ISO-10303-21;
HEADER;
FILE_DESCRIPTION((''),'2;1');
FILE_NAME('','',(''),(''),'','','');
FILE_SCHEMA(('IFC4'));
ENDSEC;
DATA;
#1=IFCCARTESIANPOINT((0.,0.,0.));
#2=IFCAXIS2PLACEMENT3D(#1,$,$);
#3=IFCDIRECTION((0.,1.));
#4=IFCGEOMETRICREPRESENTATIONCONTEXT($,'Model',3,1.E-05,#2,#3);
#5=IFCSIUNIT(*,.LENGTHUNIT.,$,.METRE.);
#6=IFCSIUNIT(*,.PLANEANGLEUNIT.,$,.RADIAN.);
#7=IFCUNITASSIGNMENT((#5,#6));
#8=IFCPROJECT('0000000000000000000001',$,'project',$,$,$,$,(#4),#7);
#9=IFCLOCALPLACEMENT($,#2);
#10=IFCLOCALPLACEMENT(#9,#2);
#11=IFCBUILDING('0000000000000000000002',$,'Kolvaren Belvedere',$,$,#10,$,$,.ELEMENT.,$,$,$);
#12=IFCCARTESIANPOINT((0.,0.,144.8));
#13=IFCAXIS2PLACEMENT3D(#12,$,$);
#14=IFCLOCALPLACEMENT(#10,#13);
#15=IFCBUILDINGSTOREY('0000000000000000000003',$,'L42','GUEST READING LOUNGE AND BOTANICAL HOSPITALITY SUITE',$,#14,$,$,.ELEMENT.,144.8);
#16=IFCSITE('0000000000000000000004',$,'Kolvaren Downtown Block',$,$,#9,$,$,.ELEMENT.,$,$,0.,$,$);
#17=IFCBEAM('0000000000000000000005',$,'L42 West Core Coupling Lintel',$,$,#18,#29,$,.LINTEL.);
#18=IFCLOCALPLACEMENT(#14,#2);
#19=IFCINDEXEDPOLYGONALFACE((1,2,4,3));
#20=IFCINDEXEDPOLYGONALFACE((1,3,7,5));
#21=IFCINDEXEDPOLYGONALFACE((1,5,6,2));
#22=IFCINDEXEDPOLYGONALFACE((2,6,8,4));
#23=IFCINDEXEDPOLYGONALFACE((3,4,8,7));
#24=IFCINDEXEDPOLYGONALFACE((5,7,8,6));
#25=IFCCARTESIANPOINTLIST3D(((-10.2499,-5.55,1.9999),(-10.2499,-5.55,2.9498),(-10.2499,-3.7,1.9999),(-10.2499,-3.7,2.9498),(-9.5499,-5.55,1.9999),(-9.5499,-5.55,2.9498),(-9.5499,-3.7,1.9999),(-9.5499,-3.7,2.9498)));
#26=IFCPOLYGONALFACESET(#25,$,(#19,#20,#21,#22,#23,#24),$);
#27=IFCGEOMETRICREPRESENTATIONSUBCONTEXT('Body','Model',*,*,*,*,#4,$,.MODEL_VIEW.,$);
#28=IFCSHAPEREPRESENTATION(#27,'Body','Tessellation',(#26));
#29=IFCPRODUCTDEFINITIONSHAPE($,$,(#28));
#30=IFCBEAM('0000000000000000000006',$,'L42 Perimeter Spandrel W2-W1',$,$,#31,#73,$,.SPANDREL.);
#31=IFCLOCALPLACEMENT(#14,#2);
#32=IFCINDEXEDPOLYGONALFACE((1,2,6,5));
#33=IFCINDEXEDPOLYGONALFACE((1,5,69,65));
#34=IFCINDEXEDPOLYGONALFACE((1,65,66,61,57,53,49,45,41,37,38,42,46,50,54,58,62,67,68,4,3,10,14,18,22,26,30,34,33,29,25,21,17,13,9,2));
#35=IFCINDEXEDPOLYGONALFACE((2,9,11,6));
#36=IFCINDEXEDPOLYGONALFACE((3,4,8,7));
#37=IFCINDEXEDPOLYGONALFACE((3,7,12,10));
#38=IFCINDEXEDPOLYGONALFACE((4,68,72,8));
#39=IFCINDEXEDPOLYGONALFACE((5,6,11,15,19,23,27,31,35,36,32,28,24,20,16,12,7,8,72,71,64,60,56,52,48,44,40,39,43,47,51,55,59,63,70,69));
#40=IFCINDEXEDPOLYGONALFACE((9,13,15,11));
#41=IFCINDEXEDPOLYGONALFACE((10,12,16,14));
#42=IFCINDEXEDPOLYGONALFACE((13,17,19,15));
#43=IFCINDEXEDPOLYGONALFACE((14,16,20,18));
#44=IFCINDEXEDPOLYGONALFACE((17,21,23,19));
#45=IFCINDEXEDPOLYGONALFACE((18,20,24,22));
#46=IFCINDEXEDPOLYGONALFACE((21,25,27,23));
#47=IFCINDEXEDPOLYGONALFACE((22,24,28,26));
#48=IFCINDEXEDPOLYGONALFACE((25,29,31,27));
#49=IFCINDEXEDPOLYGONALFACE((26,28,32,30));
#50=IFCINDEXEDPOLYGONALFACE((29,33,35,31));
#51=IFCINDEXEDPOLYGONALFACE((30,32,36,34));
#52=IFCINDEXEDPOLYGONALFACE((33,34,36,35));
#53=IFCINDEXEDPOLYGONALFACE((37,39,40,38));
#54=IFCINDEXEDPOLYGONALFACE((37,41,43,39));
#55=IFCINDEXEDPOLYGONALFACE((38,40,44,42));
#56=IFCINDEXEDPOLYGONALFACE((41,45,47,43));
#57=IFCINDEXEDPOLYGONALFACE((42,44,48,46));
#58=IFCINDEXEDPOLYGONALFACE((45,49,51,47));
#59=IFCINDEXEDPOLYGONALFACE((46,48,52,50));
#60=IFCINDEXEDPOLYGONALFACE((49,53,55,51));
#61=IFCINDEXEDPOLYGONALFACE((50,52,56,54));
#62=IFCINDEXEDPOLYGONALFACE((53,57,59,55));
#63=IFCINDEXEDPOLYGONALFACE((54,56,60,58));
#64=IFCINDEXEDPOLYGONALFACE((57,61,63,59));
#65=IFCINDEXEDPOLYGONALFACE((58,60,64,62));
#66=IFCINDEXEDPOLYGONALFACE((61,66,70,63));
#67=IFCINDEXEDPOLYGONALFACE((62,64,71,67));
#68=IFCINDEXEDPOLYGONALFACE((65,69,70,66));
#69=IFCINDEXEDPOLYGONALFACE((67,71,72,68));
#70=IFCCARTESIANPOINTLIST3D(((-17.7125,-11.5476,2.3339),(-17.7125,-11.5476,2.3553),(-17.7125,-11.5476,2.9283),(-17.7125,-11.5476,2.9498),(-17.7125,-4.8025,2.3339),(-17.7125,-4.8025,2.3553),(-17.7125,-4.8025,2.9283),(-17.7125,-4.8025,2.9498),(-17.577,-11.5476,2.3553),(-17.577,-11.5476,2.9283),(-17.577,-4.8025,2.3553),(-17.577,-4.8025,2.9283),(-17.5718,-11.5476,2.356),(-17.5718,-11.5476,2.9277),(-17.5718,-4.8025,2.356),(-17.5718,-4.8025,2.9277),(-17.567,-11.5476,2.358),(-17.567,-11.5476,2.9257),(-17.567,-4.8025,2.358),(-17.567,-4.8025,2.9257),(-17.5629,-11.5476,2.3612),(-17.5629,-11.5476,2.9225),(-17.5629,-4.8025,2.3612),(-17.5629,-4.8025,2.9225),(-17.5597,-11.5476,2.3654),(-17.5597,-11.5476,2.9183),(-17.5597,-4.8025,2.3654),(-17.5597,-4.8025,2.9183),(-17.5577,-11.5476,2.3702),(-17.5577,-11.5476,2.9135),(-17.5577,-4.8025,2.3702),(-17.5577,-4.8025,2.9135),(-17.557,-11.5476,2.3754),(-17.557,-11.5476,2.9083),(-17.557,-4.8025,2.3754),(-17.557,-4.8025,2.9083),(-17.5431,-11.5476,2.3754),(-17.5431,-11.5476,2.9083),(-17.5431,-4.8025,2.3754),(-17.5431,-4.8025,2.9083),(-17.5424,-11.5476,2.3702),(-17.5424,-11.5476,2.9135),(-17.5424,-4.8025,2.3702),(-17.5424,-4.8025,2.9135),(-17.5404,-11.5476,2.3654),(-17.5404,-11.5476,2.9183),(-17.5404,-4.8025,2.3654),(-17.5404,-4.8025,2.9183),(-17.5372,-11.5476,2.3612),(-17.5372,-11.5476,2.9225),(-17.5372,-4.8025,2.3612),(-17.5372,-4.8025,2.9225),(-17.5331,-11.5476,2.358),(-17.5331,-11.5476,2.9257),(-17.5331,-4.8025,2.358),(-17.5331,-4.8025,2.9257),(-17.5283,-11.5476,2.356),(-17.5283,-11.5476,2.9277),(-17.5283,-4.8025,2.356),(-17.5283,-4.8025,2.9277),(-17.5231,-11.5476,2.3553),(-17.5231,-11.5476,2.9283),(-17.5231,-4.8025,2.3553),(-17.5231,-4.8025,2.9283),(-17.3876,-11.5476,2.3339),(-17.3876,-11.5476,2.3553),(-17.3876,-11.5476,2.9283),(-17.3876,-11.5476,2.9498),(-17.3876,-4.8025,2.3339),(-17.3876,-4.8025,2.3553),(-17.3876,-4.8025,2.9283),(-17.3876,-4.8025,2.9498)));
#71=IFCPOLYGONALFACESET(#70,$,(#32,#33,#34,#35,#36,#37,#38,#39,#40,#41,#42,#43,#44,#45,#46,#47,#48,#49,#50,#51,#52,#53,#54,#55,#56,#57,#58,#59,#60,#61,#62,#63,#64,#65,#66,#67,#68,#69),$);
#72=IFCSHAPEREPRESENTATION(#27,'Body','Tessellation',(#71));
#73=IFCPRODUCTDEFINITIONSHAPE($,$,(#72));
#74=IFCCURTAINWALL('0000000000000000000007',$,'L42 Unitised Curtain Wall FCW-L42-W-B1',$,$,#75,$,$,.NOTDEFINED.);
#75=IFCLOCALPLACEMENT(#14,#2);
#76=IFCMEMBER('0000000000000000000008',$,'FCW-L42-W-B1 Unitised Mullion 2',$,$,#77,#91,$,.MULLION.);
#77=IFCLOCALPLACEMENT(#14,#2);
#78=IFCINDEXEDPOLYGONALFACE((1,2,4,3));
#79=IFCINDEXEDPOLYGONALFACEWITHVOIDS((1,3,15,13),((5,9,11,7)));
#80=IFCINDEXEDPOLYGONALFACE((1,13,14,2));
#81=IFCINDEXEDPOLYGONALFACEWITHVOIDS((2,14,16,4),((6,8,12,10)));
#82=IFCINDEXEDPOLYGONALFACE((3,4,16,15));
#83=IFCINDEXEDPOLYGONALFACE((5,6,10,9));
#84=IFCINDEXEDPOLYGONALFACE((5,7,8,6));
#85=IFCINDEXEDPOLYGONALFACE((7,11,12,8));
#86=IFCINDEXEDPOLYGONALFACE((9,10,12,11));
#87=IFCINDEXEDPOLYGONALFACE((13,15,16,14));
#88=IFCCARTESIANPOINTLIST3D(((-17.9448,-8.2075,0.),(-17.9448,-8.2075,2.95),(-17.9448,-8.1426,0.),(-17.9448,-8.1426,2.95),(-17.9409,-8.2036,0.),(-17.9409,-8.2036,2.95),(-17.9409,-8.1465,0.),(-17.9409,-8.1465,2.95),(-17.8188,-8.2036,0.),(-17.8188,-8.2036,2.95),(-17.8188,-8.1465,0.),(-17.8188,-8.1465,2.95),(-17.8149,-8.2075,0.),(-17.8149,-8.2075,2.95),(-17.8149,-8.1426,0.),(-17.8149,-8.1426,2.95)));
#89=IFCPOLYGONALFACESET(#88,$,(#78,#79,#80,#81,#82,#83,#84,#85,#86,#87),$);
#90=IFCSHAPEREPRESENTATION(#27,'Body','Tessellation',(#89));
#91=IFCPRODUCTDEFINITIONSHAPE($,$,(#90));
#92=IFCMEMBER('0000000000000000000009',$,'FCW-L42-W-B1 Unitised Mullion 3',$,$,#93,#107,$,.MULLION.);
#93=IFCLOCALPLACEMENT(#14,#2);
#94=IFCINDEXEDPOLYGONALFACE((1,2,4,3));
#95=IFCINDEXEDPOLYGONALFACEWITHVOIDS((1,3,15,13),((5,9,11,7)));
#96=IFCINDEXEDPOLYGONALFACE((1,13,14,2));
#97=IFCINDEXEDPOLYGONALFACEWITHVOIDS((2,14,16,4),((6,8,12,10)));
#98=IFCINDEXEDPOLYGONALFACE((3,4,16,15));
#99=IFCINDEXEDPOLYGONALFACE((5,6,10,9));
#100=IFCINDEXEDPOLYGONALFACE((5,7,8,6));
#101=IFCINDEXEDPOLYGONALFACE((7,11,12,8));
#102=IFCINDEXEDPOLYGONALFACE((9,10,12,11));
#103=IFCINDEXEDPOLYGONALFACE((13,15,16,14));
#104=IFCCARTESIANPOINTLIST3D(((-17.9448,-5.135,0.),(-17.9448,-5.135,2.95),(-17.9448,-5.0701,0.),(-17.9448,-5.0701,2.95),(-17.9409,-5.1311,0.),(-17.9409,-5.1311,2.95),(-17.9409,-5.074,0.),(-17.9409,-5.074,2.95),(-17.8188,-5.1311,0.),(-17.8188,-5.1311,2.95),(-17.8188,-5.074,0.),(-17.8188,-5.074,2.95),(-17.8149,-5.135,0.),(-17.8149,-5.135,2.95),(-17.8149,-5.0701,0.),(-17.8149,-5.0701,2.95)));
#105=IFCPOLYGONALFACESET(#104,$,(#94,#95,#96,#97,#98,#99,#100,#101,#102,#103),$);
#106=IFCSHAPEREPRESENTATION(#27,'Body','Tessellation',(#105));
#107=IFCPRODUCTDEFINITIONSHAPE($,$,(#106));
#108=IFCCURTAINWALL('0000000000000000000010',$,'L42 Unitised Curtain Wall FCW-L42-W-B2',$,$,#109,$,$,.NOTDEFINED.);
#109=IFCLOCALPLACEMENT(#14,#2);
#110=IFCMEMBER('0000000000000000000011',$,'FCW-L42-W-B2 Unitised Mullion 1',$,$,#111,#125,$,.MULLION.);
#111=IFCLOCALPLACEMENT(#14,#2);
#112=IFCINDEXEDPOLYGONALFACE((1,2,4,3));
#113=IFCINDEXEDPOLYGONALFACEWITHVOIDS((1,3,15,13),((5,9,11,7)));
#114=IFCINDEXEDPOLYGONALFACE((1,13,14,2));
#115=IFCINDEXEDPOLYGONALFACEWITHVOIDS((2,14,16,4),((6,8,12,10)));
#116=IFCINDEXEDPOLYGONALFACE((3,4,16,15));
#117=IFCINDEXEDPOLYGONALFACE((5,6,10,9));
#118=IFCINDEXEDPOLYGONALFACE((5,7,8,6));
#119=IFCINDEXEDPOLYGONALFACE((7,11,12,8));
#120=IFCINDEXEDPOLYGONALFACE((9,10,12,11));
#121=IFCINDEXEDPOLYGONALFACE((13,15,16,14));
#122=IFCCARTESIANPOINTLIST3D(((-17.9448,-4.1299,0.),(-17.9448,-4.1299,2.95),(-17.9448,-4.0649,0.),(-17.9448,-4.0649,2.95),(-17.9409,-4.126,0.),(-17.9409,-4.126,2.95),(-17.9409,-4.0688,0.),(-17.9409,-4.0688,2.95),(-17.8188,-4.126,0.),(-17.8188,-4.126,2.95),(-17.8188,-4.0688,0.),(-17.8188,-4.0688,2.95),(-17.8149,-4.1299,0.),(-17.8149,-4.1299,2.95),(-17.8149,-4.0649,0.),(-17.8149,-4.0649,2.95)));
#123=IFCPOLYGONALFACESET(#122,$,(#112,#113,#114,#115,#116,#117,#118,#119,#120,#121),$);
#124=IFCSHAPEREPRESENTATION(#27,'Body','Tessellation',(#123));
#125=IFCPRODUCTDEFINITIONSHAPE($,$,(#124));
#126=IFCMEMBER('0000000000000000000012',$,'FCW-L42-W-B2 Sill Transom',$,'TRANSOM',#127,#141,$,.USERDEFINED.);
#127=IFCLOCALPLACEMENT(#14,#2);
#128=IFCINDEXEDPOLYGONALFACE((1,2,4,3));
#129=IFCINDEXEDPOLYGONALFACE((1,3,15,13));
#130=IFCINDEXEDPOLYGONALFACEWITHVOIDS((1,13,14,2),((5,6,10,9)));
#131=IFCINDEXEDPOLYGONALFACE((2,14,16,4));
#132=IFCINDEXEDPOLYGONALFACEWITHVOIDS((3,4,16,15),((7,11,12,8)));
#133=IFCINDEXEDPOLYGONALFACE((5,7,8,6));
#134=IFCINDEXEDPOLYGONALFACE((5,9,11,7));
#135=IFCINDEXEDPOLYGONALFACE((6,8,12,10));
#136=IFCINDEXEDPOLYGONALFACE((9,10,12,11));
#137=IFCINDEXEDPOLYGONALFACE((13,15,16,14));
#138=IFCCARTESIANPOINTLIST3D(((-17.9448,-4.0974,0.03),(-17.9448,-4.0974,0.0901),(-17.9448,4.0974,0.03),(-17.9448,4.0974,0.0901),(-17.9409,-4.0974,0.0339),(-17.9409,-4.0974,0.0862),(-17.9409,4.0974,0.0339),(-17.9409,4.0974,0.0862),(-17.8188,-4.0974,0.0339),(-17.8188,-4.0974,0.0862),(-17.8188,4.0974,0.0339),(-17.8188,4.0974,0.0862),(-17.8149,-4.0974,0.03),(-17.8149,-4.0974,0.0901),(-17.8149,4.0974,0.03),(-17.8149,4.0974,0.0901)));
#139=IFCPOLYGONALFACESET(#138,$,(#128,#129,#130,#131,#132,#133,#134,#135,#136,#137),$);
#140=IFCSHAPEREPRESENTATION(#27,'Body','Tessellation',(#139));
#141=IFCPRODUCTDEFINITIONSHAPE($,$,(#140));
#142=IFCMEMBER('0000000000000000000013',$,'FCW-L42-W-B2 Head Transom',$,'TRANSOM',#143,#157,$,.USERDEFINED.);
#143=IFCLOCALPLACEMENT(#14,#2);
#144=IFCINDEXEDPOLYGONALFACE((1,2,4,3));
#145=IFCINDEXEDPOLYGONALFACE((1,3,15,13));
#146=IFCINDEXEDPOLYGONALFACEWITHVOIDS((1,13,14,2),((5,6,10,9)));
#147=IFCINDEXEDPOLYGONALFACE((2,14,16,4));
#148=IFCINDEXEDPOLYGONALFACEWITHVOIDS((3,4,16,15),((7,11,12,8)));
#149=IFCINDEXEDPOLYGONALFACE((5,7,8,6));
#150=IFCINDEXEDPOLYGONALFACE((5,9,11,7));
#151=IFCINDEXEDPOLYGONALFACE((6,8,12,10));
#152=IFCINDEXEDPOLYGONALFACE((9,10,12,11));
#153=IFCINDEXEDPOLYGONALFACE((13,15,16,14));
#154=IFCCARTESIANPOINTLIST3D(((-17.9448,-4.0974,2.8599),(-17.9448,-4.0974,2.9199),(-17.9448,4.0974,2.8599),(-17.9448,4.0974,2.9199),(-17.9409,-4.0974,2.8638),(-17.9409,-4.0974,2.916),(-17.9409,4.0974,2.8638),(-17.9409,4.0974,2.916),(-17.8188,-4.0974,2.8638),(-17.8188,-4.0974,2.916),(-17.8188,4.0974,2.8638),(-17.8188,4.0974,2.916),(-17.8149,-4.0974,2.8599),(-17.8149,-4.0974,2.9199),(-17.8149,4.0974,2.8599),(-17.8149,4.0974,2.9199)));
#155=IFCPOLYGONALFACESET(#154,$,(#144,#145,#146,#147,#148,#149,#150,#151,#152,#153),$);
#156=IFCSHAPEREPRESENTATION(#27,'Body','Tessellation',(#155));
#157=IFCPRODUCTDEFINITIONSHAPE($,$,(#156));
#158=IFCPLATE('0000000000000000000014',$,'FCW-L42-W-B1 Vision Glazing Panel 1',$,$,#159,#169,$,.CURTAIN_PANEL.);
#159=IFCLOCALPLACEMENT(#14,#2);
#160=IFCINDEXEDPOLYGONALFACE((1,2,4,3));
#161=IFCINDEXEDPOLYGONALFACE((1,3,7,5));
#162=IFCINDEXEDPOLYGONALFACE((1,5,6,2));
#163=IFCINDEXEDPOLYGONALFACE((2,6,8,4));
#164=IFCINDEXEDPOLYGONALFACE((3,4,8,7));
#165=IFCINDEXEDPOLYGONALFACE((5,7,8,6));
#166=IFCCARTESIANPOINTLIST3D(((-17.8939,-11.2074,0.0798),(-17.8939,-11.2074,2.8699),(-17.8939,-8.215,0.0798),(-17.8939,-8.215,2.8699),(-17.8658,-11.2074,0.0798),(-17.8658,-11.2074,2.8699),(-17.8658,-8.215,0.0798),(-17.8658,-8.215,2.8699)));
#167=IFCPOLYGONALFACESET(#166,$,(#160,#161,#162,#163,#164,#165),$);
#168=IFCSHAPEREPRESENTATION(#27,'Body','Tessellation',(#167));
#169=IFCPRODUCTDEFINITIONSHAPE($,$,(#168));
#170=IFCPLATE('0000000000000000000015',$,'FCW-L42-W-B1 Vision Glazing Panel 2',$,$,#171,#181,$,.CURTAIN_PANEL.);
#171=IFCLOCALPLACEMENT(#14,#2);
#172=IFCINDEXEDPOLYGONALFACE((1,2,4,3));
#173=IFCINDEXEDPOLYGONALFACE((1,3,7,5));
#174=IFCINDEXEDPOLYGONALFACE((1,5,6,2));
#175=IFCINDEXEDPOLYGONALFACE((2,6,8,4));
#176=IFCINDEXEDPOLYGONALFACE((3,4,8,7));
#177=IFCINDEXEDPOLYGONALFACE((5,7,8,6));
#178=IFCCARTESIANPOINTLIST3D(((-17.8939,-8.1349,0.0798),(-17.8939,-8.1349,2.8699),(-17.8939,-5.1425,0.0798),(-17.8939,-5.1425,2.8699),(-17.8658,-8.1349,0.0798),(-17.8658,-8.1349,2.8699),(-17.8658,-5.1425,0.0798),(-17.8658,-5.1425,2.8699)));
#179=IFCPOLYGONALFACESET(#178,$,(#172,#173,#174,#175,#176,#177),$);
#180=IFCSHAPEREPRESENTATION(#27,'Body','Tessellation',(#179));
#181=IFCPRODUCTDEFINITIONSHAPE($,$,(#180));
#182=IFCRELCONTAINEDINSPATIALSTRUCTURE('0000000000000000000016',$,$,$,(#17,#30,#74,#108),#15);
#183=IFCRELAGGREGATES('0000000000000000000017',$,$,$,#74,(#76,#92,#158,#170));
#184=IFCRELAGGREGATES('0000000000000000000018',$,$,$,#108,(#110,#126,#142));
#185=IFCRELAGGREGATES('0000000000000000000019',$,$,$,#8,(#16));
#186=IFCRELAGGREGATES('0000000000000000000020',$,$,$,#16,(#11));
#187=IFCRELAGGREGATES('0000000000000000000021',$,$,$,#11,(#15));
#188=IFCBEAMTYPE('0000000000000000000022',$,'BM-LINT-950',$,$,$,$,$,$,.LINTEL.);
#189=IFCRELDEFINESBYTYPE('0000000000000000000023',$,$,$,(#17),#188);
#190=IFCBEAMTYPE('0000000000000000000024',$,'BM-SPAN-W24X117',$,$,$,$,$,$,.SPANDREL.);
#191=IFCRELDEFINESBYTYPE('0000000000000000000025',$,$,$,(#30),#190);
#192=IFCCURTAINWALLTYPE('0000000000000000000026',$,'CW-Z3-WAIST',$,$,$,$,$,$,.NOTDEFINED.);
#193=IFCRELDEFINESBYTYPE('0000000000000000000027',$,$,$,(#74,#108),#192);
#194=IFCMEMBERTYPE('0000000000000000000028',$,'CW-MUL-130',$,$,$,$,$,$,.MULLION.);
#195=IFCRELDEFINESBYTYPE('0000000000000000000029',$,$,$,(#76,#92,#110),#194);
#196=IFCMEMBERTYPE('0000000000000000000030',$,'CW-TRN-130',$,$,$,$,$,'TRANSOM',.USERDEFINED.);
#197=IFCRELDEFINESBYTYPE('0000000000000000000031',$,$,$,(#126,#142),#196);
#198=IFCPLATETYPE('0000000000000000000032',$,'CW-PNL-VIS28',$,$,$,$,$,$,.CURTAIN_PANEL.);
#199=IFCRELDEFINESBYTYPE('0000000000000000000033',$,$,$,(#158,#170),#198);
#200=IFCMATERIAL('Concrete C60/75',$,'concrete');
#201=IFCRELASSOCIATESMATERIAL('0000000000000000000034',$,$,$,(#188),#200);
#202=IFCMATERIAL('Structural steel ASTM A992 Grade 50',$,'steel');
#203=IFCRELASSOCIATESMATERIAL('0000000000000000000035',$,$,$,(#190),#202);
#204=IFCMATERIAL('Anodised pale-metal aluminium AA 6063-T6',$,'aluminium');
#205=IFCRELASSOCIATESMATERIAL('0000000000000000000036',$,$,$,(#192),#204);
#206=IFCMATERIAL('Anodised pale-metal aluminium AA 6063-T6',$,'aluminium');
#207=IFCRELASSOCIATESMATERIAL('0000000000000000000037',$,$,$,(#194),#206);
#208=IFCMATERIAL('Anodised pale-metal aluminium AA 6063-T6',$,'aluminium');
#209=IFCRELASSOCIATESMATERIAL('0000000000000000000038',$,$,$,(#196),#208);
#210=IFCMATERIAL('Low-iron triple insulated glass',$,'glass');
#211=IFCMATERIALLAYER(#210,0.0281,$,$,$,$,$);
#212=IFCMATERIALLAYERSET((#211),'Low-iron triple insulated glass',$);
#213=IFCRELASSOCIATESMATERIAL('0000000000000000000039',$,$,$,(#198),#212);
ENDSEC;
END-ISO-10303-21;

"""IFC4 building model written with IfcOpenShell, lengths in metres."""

from ifc_helpers import new_model, si_unit, direction, frame, origin, origin_2d, place, context, subcontext, project, spatial, rectangle, hollow_rectangle, i_section, extrude, material, layer, layer_set, material_profile, profile_set, type_object, element, aggregate, save


model = new_model("IFC4")

# Units and contexts
model_context = context("Model", 3, precision=1e-05, world=origin(), true_north=direction((0.0, 1.0)))
body_context = subcontext(model_context, "Body", "Model", "MODEL_VIEW")
ifc_project = project(units=[si_unit("LENGTHUNIT", "METRE"), si_unit("PLANEANGLEUNIT", "RADIAN")], contexts=[model_context])

# Site, building, storey
site_placement = place(None, origin())
site = spatial("IfcSite", under=ifc_project, at=site_placement, Name="Kolvaren Downtown Block", CompositionType="ELEMENT", RefElevation=0.0)
building_placement = place(site_placement, origin())
building = spatial("IfcBuilding", under=site, at=building_placement, Name="Kolvaren Belvedere", CompositionType="ELEMENT")
storey_placement = place(building_placement, frame((0.0, 0.0, 144.8)))
storey = spatial("IfcBuildingStorey", under=building, at=storey_placement, Name="L42", Description="GUEST READING LOUNGE AND BOTANICAL HOSPITALITY SUITE", CompositionType="ELEMENT", Elevation=144.8)

# Beams
ifc_material_1 = material(Name="Concrete C60/75", Category="concrete")
ifc_material_profile_1 = material_profile(ifc_material_1, rectangle(XDim=0.7, YDim=0.95, at=origin_2d()), Name="RC 700X950")
ifc_profile_set_1 = profile_set([ifc_material_profile_1], Name="Concrete C60/75")
beam_type_1 = type_object("IfcBeamType", Name="BM-LINT-950", PredefinedType="LINTEL", material=ifc_profile_set_1)
beam_1_placement = place(storey_placement, frame((-9.8999, -5.55, 2.4749), z_axis=(0.0, 1.0, 0.0), x_axis=(-1.0, 0.0, 0.0)))
element("IfcBeam", 1, at=beam_1_placement, inside=storey, type_object=beam_type_1, Name="L42 West Core Coupling Lintel", PredefinedType="LINTEL", context=body_context, shape_type="SweptSolid", body=[
    extrude(rectangle(XDim=0.7, YDim=0.95, at=origin_2d()), origin(), (0.0, 0.0, 1.0), 1.8501),
])
ifc_material_2 = material(Name="Structural steel ASTM A992 Grade 50", Category="steel")
ifc_material_profile_2 = material_profile(ifc_material_2, i_section(OverallWidth=0.325, OverallDepth=0.616, WebThickness=0.0139, FlangeThickness=0.0215, FilletRadius=0.02, at=origin_2d()), Name="W24X117")
ifc_profile_set_2 = profile_set([ifc_material_profile_2], Name="Structural steel ASTM A992 Grade 50")
beam_type_2 = type_object("IfcBeamType", Name="BM-SPAN-W24X117", PredefinedType="SPANDREL", material=ifc_profile_set_2)
beam_2_placement = place(storey_placement, frame((-17.55, -4.8025, 2.6418), z_axis=(0.0, -1.0, 0.0), x_axis=(1.0, 0.0, 0.0)))
element("IfcBeam", 2, at=beam_2_placement, inside=storey, type_object=beam_type_2, Name="L42 Perimeter Spandrel W2-W1", PredefinedType="SPANDREL", context=body_context, shape_type="SweptSolid", body=[
    extrude(i_section(OverallWidth=0.325, OverallDepth=0.616, WebThickness=0.0139, FlangeThickness=0.0215, FilletRadius=0.02, at=origin_2d()), origin(), (0.0, 0.0, 1.0), 6.7451),
])

# Curtain walls, members
ifc_material_3 = material(Name="Anodised pale-metal aluminium AA 6063-T6", Category="aluminium")
curtain_wall_type = type_object("IfcCurtainWallType", Name="CW-Z3-WAIST", PredefinedType="NOTDEFINED", material=ifc_material_3)
curtain_wall_1_placement = place(storey_placement, origin())
curtain_wall_1 = element("IfcCurtainWall", 3, at=curtain_wall_1_placement, inside=storey, type_object=curtain_wall_type, Name="L42 Unitised Curtain Wall FCW-L42-W-B1", PredefinedType="NOTDEFINED")
ifc_material_4 = material(Name="Anodised pale-metal aluminium AA 6063-T6", Category="aluminium")
ifc_material_profile_3 = material_profile(ifc_material_4, hollow_rectangle(XDim=0.0649, YDim=0.1299, WallThickness=0.0039, at=origin_2d()), Name="ALU-MUL-130X65")
ifc_profile_set_3 = profile_set([ifc_material_profile_3], Name="Anodised pale-metal aluminium AA 6063-T6")
member_type_1 = type_object("IfcMemberType", Name="CW-MUL-130", PredefinedType="MULLION", material=ifc_profile_set_3)
member_1_placement = place(storey_placement, frame((-17.8799, -8.175, 0.0), z_axis=(0.0, 0.0, 1.0), x_axis=(0.0, 1.0, 0.0)))
member_1 = element("IfcMember", 4, at=member_1_placement, type_object=member_type_1, Name="FCW-L42-W-B1 Unitised Mullion 2", PredefinedType="MULLION", context=body_context, shape_type="SweptSolid", body=[
    extrude(hollow_rectangle(XDim=0.0649, YDim=0.1299, WallThickness=0.0039, at=origin_2d()), origin(), (0.0, 0.0, 1.0), 2.95),
])
member_2_placement = place(storey_placement, frame((-17.8799, -5.1025, 0.0), z_axis=(0.0, 0.0, 1.0), x_axis=(0.0, 1.0, 0.0)))
member_2 = element("IfcMember", 5, at=member_2_placement, type_object=member_type_1, Name="FCW-L42-W-B1 Unitised Mullion 3", PredefinedType="MULLION", context=body_context, shape_type="SweptSolid", body=[
    extrude(hollow_rectangle(XDim=0.0649, YDim=0.1299, WallThickness=0.0039, at=origin_2d()), origin(), (0.0, 0.0, 1.0), 2.95),
])
curtain_wall_2_placement = place(storey_placement, origin())
curtain_wall_2 = element("IfcCurtainWall", 6, at=curtain_wall_2_placement, inside=storey, type_object=curtain_wall_type, Name="L42 Unitised Curtain Wall FCW-L42-W-B2", PredefinedType="NOTDEFINED")
member_3_placement = place(storey_placement, frame((-17.8799, -4.0974, 0.0), z_axis=(0.0, 0.0, 1.0), x_axis=(0.0, 1.0, 0.0)))
member_3 = element("IfcMember", 7, at=member_3_placement, type_object=member_type_1, Name="FCW-L42-W-B2 Unitised Mullion 1", PredefinedType="MULLION", context=body_context, shape_type="SweptSolid", body=[
    extrude(hollow_rectangle(XDim=0.0649, YDim=0.1299, WallThickness=0.0039, at=origin_2d()), origin(), (0.0, 0.0, 1.0), 2.95),
])
ifc_material_5 = material(Name="Anodised pale-metal aluminium AA 6063-T6", Category="aluminium")
ifc_material_profile_4 = material_profile(ifc_material_5, hollow_rectangle(XDim=0.0601, YDim=0.1299, WallThickness=0.0039, at=origin_2d()), Name="ALU-TRN-130X60")
ifc_profile_set_4 = profile_set([ifc_material_profile_4], Name="Anodised pale-metal aluminium AA 6063-T6")
member_type_2 = type_object("IfcMemberType", Name="CW-TRN-130", ElementType="TRANSOM", PredefinedType="USERDEFINED", material=ifc_profile_set_4)
member_4_placement = place(storey_placement, frame((-17.8799, -4.0974, 0.0601), z_axis=(0.0, 1.0, 0.0), x_axis=(0.0, 0.0, 1.0)))
member_4 = element("IfcMember", 8, at=member_4_placement, type_object=member_type_2, Name="FCW-L42-W-B2 Sill Transom", ObjectType="TRANSOM", PredefinedType="USERDEFINED", context=body_context, shape_type="SweptSolid", body=[
    extrude(hollow_rectangle(XDim=0.0601, YDim=0.1299, WallThickness=0.0039, at=origin_2d()), origin(), (0.0, 0.0, 1.0), 8.1948),
])
member_5_placement = place(storey_placement, frame((-17.8799, -4.0974, 2.8899), z_axis=(0.0, 1.0, 0.0), x_axis=(0.0, 0.0, 1.0)))
member_5 = element("IfcMember", 9, at=member_5_placement, type_object=member_type_2, Name="FCW-L42-W-B2 Head Transom", ObjectType="TRANSOM", PredefinedType="USERDEFINED", context=body_context, shape_type="SweptSolid", body=[
    extrude(hollow_rectangle(XDim=0.0601, YDim=0.1299, WallThickness=0.0039, at=origin_2d()), origin(), (0.0, 0.0, 1.0), 8.1948),
])

# Plates
ifc_material_6 = material(Name="Low-iron triple insulated glass", Category="glass")
ifc_layer_1 = layer(ifc_material_6, 0.0281)
ifc_layer_set_1 = layer_set([ifc_layer_1], Name="Low-iron triple insulated glass")
plate_type_1 = type_object("IfcPlateType", Name="CW-PNL-VIS28", PredefinedType="CURTAIN_PANEL", material=ifc_layer_set_1)
plate_1_placement = place(storey_placement, frame((-17.8799, -9.7112, 0.0798), z_axis=(0.0, 0.0, 1.0), x_axis=(0.0, 1.0, 0.0)))
plate_1 = element("IfcPlate", 10, at=plate_1_placement, type_object=plate_type_1, Name="FCW-L42-W-B1 Vision Glazing Panel 1", PredefinedType="CURTAIN_PANEL", context=body_context, shape_type="SweptSolid", body=[
    extrude(rectangle(XDim=2.9924, YDim=0.0281, at=origin_2d()), origin(), (0.0, 0.0, 1.0), 2.79),
])
plate_2_placement = place(storey_placement, frame((-17.8799, -6.6387, 0.0798), z_axis=(0.0, 0.0, 1.0), x_axis=(0.0, 1.0, 0.0)))
plate_2 = element("IfcPlate", 11, at=plate_2_placement, type_object=plate_type_1, Name="FCW-L42-W-B1 Vision Glazing Panel 2", PredefinedType="CURTAIN_PANEL", context=body_context, shape_type="SweptSolid", body=[
    extrude(rectangle(XDim=2.9924, YDim=0.0281, at=origin_2d()), origin(), (0.0, 0.0, 1.0), 2.79),
])
aggregate(curtain_wall_1, [member_1, member_2, plate_1, plate_2])
aggregate(curtain_wall_2, [member_3, member_4, member_5])

save(model, "model.ifc")
